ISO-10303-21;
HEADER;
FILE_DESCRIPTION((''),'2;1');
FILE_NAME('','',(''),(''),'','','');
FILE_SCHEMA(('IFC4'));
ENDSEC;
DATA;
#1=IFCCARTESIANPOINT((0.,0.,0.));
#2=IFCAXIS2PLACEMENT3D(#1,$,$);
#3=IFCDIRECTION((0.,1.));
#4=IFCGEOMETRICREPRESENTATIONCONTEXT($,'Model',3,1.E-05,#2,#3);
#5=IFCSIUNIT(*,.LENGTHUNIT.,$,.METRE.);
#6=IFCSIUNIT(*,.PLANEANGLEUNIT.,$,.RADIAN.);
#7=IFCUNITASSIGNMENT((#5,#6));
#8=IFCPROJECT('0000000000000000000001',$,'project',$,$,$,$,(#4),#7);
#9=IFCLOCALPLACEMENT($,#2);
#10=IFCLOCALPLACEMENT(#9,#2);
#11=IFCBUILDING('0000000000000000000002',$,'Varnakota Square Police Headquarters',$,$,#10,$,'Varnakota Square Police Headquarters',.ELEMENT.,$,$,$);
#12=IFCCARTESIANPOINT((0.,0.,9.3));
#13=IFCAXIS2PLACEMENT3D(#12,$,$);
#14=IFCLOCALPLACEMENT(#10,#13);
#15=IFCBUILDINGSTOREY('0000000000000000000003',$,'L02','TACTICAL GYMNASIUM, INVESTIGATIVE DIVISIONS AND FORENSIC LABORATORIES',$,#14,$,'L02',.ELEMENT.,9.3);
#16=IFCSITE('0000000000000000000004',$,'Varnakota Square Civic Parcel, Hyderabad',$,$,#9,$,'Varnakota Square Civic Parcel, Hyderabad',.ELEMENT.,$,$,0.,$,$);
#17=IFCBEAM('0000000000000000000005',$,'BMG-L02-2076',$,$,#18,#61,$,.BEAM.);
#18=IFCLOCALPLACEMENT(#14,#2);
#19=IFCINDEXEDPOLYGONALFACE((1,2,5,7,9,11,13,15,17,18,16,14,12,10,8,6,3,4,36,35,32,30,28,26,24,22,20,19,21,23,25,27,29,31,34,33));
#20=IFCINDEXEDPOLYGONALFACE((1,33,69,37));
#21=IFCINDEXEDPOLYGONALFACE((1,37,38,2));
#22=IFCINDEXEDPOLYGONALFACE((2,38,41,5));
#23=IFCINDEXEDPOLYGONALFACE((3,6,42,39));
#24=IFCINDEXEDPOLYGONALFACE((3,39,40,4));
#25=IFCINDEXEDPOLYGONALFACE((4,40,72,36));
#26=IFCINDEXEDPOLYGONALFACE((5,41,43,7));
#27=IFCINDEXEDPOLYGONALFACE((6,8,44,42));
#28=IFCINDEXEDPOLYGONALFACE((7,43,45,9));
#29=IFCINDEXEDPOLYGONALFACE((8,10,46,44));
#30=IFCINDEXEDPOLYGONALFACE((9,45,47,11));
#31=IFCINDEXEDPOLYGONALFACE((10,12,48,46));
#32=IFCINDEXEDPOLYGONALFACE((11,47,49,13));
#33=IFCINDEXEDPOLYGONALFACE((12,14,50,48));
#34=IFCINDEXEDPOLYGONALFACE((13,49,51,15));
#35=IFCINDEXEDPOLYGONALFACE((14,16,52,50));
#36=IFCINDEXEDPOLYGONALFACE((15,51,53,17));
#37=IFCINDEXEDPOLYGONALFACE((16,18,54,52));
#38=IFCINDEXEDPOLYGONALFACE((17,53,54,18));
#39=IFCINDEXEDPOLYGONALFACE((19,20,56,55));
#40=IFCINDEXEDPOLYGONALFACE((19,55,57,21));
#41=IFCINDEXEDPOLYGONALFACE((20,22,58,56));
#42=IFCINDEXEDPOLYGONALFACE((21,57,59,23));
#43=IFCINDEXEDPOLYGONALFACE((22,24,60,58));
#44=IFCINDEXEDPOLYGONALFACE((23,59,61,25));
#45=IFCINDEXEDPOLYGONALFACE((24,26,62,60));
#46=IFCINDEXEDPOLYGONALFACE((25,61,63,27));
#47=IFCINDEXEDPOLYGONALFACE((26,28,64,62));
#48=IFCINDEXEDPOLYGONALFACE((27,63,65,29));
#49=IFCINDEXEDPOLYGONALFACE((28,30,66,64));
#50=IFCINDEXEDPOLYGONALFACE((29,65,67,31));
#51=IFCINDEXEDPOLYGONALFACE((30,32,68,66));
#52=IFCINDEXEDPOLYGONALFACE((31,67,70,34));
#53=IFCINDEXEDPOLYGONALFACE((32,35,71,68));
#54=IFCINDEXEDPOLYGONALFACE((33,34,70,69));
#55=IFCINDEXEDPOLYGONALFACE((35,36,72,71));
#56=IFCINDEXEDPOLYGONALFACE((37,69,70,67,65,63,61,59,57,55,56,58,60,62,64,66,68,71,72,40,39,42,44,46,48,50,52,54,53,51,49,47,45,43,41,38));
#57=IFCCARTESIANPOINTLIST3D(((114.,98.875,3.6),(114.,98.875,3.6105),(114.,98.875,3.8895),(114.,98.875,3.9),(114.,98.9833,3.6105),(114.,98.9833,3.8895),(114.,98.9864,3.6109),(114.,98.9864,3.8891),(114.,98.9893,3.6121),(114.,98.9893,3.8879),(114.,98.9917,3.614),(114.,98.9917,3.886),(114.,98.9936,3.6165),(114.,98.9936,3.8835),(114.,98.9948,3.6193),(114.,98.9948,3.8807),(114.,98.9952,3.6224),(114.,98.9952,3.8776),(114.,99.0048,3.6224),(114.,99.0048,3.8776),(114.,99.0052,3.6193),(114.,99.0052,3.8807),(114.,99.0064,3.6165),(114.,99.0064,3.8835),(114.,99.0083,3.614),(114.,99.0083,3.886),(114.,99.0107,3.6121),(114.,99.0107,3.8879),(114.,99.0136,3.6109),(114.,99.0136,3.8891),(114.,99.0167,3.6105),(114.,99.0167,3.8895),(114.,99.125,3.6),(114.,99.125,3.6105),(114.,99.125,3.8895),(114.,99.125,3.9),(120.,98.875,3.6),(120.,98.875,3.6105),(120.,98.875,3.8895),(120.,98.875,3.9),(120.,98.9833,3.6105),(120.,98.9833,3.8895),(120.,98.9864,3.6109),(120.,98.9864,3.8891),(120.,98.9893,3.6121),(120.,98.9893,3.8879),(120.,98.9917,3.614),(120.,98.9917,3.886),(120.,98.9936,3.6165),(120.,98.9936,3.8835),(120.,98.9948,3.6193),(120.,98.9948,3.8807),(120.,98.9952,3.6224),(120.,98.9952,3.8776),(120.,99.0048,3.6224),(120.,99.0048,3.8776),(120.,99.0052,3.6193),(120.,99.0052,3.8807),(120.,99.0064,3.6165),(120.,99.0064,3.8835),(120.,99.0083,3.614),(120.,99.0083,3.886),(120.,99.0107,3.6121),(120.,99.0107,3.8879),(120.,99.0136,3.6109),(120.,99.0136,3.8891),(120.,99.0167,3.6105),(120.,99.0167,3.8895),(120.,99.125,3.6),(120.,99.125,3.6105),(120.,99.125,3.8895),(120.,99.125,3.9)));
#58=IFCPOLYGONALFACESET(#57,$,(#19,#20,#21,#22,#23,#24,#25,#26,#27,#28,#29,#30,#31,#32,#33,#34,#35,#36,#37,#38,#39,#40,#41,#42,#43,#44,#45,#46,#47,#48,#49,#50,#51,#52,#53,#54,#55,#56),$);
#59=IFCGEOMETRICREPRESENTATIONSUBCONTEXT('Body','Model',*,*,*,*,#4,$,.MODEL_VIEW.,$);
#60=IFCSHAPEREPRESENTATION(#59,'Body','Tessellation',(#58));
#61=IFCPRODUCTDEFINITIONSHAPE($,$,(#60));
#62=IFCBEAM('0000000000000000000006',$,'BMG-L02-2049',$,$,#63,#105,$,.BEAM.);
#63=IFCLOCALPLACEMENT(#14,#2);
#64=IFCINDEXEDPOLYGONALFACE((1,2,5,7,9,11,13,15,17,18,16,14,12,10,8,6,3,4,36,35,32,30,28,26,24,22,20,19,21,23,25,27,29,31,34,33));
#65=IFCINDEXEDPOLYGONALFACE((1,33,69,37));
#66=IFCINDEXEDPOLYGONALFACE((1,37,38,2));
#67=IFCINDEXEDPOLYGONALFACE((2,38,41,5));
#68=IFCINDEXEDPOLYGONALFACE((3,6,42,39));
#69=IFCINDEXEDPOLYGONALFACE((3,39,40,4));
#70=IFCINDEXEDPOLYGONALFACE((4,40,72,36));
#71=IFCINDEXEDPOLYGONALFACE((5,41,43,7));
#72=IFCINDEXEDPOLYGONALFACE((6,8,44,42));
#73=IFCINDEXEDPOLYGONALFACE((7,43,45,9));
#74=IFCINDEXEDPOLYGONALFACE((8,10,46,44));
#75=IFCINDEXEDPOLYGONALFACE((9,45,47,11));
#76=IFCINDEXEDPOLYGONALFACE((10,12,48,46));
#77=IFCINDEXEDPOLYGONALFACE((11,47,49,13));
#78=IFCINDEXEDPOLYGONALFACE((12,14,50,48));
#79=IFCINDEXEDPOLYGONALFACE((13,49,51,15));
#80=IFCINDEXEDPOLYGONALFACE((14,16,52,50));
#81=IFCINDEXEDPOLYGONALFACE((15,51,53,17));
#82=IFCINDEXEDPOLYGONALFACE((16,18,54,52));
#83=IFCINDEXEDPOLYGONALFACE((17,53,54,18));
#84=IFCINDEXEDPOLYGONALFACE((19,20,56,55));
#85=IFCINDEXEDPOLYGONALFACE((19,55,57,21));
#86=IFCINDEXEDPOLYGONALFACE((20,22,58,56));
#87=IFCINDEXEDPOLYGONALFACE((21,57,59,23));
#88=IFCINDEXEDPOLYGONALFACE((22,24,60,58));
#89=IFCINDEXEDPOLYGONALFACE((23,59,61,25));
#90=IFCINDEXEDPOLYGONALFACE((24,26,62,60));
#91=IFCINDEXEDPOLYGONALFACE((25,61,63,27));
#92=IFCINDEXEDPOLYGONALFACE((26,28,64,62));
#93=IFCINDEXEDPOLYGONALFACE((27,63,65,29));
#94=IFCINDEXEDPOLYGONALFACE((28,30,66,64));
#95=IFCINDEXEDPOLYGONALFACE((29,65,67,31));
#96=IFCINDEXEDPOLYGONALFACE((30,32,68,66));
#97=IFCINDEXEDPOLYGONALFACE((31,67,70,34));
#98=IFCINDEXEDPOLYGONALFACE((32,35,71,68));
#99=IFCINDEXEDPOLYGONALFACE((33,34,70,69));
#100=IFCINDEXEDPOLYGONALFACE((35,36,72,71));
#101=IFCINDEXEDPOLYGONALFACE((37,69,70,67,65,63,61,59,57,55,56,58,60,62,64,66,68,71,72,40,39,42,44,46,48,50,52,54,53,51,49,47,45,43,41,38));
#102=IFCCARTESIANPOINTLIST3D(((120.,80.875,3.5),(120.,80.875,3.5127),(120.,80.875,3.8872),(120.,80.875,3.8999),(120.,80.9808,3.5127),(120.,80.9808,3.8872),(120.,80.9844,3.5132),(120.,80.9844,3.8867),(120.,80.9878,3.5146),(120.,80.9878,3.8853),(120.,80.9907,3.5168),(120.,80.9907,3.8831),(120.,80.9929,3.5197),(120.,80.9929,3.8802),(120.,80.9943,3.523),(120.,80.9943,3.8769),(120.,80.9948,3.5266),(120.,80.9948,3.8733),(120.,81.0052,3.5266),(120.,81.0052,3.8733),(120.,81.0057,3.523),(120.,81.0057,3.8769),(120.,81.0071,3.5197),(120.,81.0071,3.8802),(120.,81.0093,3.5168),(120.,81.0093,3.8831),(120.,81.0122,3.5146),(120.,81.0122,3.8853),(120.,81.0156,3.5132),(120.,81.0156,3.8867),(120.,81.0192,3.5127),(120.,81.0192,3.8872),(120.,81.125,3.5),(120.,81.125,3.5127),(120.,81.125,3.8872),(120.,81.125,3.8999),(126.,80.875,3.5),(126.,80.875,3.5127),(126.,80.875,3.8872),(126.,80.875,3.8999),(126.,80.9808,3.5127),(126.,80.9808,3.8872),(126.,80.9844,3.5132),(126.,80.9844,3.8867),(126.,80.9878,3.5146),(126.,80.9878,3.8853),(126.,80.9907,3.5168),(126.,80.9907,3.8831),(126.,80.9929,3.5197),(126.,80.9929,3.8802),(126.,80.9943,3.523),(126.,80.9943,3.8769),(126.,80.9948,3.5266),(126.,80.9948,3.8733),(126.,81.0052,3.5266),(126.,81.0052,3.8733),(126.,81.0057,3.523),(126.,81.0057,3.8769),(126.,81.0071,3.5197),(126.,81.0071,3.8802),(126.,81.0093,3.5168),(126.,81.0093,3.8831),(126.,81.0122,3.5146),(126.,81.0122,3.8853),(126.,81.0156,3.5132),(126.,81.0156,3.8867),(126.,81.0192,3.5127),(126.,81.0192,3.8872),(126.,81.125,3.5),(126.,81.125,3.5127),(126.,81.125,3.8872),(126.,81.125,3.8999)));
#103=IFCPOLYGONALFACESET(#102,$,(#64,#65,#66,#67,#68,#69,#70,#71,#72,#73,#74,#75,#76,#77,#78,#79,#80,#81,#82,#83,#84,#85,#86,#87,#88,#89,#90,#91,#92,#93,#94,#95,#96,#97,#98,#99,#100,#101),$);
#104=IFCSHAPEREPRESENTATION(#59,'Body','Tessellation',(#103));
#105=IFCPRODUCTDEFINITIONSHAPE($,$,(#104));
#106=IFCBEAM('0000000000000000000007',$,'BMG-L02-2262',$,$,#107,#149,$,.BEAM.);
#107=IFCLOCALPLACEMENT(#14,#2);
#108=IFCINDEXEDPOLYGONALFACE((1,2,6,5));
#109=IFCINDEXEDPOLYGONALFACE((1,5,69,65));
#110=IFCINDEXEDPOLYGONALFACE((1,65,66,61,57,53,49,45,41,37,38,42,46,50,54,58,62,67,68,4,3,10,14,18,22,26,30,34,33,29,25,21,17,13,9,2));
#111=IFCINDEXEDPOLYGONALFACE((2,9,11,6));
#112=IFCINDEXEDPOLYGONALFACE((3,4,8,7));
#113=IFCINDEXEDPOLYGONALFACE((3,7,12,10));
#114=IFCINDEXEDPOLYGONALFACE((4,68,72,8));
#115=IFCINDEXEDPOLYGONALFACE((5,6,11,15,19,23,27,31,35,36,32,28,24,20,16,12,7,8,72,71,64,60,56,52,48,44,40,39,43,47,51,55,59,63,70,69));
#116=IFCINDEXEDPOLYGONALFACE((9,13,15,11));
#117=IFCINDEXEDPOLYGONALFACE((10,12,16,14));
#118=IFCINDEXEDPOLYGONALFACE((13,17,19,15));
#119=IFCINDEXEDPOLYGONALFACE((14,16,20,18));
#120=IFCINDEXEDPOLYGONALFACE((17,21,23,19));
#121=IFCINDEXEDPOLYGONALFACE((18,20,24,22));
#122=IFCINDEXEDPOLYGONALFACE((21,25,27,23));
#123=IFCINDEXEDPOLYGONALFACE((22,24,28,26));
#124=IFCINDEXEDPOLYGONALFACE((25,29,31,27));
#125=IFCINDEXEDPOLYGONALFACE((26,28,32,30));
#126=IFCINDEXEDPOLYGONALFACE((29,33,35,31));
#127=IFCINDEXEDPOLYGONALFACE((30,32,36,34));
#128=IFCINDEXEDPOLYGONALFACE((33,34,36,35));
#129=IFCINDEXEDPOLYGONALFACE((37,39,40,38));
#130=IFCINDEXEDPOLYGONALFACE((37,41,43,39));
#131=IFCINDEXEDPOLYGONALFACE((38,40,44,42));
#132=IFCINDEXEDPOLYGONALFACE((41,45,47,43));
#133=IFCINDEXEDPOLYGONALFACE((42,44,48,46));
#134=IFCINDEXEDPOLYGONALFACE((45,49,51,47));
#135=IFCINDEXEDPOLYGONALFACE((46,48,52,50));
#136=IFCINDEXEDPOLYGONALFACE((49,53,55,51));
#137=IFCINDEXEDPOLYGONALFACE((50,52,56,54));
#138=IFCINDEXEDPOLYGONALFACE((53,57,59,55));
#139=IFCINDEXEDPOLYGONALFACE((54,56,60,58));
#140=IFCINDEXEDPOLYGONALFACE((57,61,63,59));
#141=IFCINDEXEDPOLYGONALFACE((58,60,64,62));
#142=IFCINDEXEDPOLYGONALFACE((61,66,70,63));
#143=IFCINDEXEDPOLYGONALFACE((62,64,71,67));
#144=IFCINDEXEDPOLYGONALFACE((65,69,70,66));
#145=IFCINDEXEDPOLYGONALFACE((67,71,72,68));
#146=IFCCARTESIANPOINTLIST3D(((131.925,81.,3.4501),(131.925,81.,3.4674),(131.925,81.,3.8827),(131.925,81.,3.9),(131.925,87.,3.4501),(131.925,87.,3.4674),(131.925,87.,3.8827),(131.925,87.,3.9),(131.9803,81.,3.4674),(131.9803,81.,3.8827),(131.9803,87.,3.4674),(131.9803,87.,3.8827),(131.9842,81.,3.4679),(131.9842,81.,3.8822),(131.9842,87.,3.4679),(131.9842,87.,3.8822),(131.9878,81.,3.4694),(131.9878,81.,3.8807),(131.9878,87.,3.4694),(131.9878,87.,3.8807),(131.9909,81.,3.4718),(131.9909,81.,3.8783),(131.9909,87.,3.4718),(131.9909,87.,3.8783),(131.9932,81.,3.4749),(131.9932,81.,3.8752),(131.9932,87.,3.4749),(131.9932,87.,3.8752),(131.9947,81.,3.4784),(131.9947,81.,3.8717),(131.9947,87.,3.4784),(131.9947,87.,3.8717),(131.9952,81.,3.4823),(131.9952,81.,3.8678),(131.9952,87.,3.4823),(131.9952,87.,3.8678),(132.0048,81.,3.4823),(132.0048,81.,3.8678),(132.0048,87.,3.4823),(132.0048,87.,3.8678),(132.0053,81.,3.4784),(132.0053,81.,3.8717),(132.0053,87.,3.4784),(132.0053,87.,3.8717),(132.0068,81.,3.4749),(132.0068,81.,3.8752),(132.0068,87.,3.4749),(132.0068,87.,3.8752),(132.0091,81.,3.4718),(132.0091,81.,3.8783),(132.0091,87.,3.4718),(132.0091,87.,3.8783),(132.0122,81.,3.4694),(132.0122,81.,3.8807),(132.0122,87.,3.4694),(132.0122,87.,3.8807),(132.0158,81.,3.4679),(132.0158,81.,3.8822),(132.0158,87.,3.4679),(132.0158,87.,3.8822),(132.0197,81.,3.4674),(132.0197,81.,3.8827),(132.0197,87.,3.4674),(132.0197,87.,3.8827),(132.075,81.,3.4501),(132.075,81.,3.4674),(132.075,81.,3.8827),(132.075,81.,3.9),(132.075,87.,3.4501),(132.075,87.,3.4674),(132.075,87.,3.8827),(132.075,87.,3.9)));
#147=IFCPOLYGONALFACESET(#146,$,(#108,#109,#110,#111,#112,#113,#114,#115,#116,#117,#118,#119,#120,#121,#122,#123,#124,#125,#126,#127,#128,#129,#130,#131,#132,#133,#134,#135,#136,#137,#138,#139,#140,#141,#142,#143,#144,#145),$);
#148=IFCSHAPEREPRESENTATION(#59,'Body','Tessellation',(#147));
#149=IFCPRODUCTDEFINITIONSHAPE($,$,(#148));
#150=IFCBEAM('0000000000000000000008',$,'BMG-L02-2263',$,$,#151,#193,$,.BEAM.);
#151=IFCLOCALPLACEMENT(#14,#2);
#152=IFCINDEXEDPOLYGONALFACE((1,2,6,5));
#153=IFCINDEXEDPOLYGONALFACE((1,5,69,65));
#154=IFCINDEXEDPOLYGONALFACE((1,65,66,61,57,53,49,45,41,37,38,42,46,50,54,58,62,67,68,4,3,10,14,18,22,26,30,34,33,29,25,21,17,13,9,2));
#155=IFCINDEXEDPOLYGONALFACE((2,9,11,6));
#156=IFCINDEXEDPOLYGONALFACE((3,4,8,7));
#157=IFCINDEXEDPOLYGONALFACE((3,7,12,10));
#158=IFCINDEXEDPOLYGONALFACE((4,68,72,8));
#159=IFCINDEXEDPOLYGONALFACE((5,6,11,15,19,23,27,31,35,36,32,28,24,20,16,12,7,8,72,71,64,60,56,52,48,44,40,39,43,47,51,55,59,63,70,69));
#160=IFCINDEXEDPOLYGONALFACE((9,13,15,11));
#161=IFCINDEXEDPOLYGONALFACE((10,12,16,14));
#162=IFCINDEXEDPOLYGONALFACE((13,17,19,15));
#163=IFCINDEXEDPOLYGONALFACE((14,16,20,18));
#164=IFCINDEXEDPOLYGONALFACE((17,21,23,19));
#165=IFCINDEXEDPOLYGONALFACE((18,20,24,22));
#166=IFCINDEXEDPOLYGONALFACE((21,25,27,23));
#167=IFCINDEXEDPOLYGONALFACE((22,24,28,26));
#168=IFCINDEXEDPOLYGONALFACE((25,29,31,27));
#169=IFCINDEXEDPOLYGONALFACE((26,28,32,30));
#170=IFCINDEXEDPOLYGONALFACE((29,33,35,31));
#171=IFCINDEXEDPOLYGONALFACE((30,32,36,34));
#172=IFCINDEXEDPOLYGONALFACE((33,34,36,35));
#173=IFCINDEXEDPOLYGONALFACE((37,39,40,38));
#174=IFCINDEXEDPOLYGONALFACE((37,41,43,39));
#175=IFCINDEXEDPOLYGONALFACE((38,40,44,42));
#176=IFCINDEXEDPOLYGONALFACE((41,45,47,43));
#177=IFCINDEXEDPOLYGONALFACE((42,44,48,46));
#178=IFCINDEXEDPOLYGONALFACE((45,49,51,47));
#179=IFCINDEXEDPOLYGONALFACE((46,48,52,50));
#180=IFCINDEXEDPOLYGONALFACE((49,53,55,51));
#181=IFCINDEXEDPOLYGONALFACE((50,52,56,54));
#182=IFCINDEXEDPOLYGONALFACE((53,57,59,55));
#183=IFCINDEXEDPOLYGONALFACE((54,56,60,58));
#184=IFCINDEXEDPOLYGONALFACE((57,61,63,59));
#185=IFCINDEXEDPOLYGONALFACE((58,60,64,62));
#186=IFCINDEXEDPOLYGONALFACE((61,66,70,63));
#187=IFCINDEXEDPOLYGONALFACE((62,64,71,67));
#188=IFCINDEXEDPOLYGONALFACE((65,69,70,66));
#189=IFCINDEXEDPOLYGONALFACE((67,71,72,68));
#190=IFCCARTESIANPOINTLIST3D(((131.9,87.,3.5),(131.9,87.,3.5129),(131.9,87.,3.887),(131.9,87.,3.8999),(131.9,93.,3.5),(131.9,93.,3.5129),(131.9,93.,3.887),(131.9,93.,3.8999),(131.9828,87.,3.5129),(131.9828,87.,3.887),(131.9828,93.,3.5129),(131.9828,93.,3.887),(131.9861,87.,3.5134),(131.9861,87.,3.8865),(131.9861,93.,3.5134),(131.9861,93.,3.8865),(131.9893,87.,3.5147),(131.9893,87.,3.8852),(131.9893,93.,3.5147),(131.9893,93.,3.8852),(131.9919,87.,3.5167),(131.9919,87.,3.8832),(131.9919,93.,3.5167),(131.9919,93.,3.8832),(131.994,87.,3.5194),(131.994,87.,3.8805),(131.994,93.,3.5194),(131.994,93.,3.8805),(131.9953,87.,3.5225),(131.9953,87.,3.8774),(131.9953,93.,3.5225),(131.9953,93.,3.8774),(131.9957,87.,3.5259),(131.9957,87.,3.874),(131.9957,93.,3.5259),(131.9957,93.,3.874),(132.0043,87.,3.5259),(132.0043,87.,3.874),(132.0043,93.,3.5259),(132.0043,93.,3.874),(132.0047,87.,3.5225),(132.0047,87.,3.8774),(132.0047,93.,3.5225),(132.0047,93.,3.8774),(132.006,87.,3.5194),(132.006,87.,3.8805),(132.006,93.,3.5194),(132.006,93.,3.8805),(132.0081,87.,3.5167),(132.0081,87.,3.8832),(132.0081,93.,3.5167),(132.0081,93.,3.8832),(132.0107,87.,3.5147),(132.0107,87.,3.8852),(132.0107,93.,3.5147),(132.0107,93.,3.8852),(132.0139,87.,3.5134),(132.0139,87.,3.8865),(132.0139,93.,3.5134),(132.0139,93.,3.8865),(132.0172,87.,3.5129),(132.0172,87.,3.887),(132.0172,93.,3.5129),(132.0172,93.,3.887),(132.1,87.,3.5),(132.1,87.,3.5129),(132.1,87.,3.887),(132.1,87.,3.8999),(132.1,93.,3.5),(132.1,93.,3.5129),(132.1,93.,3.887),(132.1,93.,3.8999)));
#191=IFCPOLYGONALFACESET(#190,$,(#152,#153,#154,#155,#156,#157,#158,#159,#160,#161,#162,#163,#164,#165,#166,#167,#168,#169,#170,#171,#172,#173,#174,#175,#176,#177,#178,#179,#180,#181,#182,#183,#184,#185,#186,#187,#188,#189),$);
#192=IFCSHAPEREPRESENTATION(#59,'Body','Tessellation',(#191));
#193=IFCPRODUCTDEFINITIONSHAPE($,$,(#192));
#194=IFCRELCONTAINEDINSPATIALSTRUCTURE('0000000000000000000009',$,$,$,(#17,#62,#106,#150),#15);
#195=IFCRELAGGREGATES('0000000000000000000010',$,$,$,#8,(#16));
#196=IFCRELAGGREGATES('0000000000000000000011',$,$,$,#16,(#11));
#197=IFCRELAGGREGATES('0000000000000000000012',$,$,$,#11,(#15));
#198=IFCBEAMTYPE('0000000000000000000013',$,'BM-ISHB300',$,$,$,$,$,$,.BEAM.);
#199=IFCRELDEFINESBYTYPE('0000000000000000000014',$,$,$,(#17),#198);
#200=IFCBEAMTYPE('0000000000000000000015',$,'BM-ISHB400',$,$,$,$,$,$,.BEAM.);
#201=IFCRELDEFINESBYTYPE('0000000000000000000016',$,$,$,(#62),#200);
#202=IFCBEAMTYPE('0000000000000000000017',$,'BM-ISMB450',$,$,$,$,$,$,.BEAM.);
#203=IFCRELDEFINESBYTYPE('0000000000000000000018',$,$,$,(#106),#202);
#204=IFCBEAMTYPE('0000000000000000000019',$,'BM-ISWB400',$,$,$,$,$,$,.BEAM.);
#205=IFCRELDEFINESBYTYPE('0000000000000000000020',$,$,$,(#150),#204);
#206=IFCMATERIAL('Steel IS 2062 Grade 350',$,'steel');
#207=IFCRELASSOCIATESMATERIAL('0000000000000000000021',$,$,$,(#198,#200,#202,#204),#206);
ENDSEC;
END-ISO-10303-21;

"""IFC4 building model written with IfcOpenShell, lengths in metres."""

from ifc_helpers import new_model, si_unit, direction, frame, origin, origin_2d, place, context, subcontext, project, spatial, i_section, extrude, material, material_profile, profile_set, type_object, element, save


model = new_model("IFC4")

# Units and contexts
model_context = context("Model", 3, precision=1e-05, world=origin(), true_north=direction((0.0, 1.0)))
body_context = subcontext(model_context, "Body", "Model", "MODEL_VIEW")
ifc_project = project(units=[si_unit("LENGTHUNIT", "METRE"), si_unit("PLANEANGLEUNIT", "RADIAN")], contexts=[model_context])

# Site, building, storey
site_placement = place(None, origin())
site = spatial("IfcSite", under=ifc_project, at=site_placement, Name="Varnakota Square Civic Parcel, Hyderabad", LongName="Varnakota Square Civic Parcel, Hyderabad", CompositionType="ELEMENT", RefElevation=0.0)
building_placement = place(site_placement, origin())
building = spatial("IfcBuilding", under=site, at=building_placement, Name="Varnakota Square Police Headquarters", LongName="Varnakota Square Police Headquarters", CompositionType="ELEMENT")
storey_placement = place(building_placement, frame((0.0, 0.0, 9.3)))
storey = spatial("IfcBuildingStorey", under=building, at=storey_placement, Name="L02", Description="TACTICAL GYMNASIUM, INVESTIGATIVE DIVISIONS AND FORENSIC LABORATORIES", LongName="L02", CompositionType="ELEMENT", Elevation=9.3)

# Shared definitions
ifc_material_1 = material(Name="Steel IS 2062 Grade 350", Category="steel")

# Beams
ifc_material_profile_1 = material_profile(ifc_material_1, i_section(OverallWidth=0.25, OverallDepth=0.3, WebThickness=0.0095, FlangeThickness=0.0105, FilletRadius=0.012, at=origin_2d()), Name="ISHB 300")
ifc_profile_set_1 = profile_set([ifc_material_profile_1], Name="Steel IS 2062 Grade 350")
beam_type_1 = type_object("IfcBeamType", Name="BM-ISHB300", PredefinedType="BEAM", material=ifc_profile_set_1)
beam_1_placement = place(storey_placement, frame((114.0, 99.0, 3.75), z_axis=(1.0, 0.0, 0.0), x_axis=(0.0, 1.0, 0.0)))
element("IfcBeam", 1, at=beam_1_placement, inside=storey, type_object=beam_type_1, Name="BMG-L02-2076", PredefinedType="BEAM", context=body_context, shape_type="SweptSolid", body=[
    extrude(i_section(OverallWidth=0.25, OverallDepth=0.3, WebThickness=0.0095, FlangeThickness=0.0105, FilletRadius=0.012, at=origin_2d()), origin(), (0.0, 0.0, 1.0), 6.0),
])
ifc_material_profile_2 = material_profile(ifc_material_1, i_section(OverallWidth=0.25, OverallDepth=0.3999, WebThickness=0.0105, FlangeThickness=0.0127, FilletRadius=0.0139, at=origin_2d()), Name="ISHB 400")
ifc_profile_set_2 = profile_set([ifc_material_profile_2], Name="Steel IS 2062 Grade 350")
beam_type_2 = type_object("IfcBeamType", Name="BM-ISHB400", PredefinedType="BEAM", material=ifc_profile_set_2)
beam_2_placement = place(storey_placement, frame((120.0, 81.0, 3.7), z_axis=(1.0, 0.0, 0.0), x_axis=(0.0, 1.0, 0.0)))
element("IfcBeam", 2, at=beam_2_placement, inside=storey, type_object=beam_type_2, Name="BMG-L02-2049", PredefinedType="BEAM", context=body_context, shape_type="SweptSolid", body=[
    extrude(i_section(OverallWidth=0.25, OverallDepth=0.3999, WebThickness=0.0105, FlangeThickness=0.0127, FilletRadius=0.0139, at=origin_2d()), origin(), (0.0, 0.0, 1.0), 6.0),
])
ifc_material_profile_3 = material_profile(ifc_material_1, i_section(OverallWidth=0.1499, OverallDepth=0.45, WebThickness=0.0095, FlangeThickness=0.0173, FilletRadius=0.0149, at=origin_2d()), Name="ISMB 450")
ifc_profile_set_3 = profile_set([ifc_material_profile_3], Name="Steel IS 2062 Grade 350")
beam_type_3 = type_object("IfcBeamType", Name="BM-ISMB450", PredefinedType="BEAM", material=ifc_profile_set_3)
beam_3_placement = place(storey_placement, frame((132.0, 81.0, 3.675), z_axis=(0.0, 1.0, 0.0), x_axis=(-1.0, 0.0, 0.0)))
element("IfcBeam", 3, at=beam_3_placement, inside=storey, type_object=beam_type_3, Name="BMG-L02-2262", PredefinedType="BEAM", context=body_context, shape_type="SweptSolid", body=[
    extrude(i_section(OverallWidth=0.1499, OverallDepth=0.45, WebThickness=0.0095, FlangeThickness=0.0173, FilletRadius=0.0149, at=origin_2d()), origin(), (0.0, 0.0, 1.0), 6.0),
])
ifc_material_profile_4 = material_profile(ifc_material_1, i_section(OverallWidth=0.2, OverallDepth=0.3999, WebThickness=0.0085, FlangeThickness=0.0129, FilletRadius=0.0129, at=origin_2d()), Name="ISWB 400")
ifc_profile_set_4 = profile_set([ifc_material_profile_4], Name="Steel IS 2062 Grade 350")
beam_type_4 = type_object("IfcBeamType", Name="BM-ISWB400", PredefinedType="BEAM", material=ifc_profile_set_4)
beam_4_placement = place(storey_placement, frame((132.0, 87.0, 3.7), z_axis=(0.0, 1.0, 0.0), x_axis=(-1.0, 0.0, 0.0)))
element("IfcBeam", 4, at=beam_4_placement, inside=storey, type_object=beam_type_4, Name="BMG-L02-2263", PredefinedType="BEAM", context=body_context, shape_type="SweptSolid", body=[
    extrude(i_section(OverallWidth=0.2, OverallDepth=0.3999, WebThickness=0.0085, FlangeThickness=0.0129, FilletRadius=0.0129, at=origin_2d()), origin(), (0.0, 0.0, 1.0), 6.0),
])

save(model, "model.ifc")
